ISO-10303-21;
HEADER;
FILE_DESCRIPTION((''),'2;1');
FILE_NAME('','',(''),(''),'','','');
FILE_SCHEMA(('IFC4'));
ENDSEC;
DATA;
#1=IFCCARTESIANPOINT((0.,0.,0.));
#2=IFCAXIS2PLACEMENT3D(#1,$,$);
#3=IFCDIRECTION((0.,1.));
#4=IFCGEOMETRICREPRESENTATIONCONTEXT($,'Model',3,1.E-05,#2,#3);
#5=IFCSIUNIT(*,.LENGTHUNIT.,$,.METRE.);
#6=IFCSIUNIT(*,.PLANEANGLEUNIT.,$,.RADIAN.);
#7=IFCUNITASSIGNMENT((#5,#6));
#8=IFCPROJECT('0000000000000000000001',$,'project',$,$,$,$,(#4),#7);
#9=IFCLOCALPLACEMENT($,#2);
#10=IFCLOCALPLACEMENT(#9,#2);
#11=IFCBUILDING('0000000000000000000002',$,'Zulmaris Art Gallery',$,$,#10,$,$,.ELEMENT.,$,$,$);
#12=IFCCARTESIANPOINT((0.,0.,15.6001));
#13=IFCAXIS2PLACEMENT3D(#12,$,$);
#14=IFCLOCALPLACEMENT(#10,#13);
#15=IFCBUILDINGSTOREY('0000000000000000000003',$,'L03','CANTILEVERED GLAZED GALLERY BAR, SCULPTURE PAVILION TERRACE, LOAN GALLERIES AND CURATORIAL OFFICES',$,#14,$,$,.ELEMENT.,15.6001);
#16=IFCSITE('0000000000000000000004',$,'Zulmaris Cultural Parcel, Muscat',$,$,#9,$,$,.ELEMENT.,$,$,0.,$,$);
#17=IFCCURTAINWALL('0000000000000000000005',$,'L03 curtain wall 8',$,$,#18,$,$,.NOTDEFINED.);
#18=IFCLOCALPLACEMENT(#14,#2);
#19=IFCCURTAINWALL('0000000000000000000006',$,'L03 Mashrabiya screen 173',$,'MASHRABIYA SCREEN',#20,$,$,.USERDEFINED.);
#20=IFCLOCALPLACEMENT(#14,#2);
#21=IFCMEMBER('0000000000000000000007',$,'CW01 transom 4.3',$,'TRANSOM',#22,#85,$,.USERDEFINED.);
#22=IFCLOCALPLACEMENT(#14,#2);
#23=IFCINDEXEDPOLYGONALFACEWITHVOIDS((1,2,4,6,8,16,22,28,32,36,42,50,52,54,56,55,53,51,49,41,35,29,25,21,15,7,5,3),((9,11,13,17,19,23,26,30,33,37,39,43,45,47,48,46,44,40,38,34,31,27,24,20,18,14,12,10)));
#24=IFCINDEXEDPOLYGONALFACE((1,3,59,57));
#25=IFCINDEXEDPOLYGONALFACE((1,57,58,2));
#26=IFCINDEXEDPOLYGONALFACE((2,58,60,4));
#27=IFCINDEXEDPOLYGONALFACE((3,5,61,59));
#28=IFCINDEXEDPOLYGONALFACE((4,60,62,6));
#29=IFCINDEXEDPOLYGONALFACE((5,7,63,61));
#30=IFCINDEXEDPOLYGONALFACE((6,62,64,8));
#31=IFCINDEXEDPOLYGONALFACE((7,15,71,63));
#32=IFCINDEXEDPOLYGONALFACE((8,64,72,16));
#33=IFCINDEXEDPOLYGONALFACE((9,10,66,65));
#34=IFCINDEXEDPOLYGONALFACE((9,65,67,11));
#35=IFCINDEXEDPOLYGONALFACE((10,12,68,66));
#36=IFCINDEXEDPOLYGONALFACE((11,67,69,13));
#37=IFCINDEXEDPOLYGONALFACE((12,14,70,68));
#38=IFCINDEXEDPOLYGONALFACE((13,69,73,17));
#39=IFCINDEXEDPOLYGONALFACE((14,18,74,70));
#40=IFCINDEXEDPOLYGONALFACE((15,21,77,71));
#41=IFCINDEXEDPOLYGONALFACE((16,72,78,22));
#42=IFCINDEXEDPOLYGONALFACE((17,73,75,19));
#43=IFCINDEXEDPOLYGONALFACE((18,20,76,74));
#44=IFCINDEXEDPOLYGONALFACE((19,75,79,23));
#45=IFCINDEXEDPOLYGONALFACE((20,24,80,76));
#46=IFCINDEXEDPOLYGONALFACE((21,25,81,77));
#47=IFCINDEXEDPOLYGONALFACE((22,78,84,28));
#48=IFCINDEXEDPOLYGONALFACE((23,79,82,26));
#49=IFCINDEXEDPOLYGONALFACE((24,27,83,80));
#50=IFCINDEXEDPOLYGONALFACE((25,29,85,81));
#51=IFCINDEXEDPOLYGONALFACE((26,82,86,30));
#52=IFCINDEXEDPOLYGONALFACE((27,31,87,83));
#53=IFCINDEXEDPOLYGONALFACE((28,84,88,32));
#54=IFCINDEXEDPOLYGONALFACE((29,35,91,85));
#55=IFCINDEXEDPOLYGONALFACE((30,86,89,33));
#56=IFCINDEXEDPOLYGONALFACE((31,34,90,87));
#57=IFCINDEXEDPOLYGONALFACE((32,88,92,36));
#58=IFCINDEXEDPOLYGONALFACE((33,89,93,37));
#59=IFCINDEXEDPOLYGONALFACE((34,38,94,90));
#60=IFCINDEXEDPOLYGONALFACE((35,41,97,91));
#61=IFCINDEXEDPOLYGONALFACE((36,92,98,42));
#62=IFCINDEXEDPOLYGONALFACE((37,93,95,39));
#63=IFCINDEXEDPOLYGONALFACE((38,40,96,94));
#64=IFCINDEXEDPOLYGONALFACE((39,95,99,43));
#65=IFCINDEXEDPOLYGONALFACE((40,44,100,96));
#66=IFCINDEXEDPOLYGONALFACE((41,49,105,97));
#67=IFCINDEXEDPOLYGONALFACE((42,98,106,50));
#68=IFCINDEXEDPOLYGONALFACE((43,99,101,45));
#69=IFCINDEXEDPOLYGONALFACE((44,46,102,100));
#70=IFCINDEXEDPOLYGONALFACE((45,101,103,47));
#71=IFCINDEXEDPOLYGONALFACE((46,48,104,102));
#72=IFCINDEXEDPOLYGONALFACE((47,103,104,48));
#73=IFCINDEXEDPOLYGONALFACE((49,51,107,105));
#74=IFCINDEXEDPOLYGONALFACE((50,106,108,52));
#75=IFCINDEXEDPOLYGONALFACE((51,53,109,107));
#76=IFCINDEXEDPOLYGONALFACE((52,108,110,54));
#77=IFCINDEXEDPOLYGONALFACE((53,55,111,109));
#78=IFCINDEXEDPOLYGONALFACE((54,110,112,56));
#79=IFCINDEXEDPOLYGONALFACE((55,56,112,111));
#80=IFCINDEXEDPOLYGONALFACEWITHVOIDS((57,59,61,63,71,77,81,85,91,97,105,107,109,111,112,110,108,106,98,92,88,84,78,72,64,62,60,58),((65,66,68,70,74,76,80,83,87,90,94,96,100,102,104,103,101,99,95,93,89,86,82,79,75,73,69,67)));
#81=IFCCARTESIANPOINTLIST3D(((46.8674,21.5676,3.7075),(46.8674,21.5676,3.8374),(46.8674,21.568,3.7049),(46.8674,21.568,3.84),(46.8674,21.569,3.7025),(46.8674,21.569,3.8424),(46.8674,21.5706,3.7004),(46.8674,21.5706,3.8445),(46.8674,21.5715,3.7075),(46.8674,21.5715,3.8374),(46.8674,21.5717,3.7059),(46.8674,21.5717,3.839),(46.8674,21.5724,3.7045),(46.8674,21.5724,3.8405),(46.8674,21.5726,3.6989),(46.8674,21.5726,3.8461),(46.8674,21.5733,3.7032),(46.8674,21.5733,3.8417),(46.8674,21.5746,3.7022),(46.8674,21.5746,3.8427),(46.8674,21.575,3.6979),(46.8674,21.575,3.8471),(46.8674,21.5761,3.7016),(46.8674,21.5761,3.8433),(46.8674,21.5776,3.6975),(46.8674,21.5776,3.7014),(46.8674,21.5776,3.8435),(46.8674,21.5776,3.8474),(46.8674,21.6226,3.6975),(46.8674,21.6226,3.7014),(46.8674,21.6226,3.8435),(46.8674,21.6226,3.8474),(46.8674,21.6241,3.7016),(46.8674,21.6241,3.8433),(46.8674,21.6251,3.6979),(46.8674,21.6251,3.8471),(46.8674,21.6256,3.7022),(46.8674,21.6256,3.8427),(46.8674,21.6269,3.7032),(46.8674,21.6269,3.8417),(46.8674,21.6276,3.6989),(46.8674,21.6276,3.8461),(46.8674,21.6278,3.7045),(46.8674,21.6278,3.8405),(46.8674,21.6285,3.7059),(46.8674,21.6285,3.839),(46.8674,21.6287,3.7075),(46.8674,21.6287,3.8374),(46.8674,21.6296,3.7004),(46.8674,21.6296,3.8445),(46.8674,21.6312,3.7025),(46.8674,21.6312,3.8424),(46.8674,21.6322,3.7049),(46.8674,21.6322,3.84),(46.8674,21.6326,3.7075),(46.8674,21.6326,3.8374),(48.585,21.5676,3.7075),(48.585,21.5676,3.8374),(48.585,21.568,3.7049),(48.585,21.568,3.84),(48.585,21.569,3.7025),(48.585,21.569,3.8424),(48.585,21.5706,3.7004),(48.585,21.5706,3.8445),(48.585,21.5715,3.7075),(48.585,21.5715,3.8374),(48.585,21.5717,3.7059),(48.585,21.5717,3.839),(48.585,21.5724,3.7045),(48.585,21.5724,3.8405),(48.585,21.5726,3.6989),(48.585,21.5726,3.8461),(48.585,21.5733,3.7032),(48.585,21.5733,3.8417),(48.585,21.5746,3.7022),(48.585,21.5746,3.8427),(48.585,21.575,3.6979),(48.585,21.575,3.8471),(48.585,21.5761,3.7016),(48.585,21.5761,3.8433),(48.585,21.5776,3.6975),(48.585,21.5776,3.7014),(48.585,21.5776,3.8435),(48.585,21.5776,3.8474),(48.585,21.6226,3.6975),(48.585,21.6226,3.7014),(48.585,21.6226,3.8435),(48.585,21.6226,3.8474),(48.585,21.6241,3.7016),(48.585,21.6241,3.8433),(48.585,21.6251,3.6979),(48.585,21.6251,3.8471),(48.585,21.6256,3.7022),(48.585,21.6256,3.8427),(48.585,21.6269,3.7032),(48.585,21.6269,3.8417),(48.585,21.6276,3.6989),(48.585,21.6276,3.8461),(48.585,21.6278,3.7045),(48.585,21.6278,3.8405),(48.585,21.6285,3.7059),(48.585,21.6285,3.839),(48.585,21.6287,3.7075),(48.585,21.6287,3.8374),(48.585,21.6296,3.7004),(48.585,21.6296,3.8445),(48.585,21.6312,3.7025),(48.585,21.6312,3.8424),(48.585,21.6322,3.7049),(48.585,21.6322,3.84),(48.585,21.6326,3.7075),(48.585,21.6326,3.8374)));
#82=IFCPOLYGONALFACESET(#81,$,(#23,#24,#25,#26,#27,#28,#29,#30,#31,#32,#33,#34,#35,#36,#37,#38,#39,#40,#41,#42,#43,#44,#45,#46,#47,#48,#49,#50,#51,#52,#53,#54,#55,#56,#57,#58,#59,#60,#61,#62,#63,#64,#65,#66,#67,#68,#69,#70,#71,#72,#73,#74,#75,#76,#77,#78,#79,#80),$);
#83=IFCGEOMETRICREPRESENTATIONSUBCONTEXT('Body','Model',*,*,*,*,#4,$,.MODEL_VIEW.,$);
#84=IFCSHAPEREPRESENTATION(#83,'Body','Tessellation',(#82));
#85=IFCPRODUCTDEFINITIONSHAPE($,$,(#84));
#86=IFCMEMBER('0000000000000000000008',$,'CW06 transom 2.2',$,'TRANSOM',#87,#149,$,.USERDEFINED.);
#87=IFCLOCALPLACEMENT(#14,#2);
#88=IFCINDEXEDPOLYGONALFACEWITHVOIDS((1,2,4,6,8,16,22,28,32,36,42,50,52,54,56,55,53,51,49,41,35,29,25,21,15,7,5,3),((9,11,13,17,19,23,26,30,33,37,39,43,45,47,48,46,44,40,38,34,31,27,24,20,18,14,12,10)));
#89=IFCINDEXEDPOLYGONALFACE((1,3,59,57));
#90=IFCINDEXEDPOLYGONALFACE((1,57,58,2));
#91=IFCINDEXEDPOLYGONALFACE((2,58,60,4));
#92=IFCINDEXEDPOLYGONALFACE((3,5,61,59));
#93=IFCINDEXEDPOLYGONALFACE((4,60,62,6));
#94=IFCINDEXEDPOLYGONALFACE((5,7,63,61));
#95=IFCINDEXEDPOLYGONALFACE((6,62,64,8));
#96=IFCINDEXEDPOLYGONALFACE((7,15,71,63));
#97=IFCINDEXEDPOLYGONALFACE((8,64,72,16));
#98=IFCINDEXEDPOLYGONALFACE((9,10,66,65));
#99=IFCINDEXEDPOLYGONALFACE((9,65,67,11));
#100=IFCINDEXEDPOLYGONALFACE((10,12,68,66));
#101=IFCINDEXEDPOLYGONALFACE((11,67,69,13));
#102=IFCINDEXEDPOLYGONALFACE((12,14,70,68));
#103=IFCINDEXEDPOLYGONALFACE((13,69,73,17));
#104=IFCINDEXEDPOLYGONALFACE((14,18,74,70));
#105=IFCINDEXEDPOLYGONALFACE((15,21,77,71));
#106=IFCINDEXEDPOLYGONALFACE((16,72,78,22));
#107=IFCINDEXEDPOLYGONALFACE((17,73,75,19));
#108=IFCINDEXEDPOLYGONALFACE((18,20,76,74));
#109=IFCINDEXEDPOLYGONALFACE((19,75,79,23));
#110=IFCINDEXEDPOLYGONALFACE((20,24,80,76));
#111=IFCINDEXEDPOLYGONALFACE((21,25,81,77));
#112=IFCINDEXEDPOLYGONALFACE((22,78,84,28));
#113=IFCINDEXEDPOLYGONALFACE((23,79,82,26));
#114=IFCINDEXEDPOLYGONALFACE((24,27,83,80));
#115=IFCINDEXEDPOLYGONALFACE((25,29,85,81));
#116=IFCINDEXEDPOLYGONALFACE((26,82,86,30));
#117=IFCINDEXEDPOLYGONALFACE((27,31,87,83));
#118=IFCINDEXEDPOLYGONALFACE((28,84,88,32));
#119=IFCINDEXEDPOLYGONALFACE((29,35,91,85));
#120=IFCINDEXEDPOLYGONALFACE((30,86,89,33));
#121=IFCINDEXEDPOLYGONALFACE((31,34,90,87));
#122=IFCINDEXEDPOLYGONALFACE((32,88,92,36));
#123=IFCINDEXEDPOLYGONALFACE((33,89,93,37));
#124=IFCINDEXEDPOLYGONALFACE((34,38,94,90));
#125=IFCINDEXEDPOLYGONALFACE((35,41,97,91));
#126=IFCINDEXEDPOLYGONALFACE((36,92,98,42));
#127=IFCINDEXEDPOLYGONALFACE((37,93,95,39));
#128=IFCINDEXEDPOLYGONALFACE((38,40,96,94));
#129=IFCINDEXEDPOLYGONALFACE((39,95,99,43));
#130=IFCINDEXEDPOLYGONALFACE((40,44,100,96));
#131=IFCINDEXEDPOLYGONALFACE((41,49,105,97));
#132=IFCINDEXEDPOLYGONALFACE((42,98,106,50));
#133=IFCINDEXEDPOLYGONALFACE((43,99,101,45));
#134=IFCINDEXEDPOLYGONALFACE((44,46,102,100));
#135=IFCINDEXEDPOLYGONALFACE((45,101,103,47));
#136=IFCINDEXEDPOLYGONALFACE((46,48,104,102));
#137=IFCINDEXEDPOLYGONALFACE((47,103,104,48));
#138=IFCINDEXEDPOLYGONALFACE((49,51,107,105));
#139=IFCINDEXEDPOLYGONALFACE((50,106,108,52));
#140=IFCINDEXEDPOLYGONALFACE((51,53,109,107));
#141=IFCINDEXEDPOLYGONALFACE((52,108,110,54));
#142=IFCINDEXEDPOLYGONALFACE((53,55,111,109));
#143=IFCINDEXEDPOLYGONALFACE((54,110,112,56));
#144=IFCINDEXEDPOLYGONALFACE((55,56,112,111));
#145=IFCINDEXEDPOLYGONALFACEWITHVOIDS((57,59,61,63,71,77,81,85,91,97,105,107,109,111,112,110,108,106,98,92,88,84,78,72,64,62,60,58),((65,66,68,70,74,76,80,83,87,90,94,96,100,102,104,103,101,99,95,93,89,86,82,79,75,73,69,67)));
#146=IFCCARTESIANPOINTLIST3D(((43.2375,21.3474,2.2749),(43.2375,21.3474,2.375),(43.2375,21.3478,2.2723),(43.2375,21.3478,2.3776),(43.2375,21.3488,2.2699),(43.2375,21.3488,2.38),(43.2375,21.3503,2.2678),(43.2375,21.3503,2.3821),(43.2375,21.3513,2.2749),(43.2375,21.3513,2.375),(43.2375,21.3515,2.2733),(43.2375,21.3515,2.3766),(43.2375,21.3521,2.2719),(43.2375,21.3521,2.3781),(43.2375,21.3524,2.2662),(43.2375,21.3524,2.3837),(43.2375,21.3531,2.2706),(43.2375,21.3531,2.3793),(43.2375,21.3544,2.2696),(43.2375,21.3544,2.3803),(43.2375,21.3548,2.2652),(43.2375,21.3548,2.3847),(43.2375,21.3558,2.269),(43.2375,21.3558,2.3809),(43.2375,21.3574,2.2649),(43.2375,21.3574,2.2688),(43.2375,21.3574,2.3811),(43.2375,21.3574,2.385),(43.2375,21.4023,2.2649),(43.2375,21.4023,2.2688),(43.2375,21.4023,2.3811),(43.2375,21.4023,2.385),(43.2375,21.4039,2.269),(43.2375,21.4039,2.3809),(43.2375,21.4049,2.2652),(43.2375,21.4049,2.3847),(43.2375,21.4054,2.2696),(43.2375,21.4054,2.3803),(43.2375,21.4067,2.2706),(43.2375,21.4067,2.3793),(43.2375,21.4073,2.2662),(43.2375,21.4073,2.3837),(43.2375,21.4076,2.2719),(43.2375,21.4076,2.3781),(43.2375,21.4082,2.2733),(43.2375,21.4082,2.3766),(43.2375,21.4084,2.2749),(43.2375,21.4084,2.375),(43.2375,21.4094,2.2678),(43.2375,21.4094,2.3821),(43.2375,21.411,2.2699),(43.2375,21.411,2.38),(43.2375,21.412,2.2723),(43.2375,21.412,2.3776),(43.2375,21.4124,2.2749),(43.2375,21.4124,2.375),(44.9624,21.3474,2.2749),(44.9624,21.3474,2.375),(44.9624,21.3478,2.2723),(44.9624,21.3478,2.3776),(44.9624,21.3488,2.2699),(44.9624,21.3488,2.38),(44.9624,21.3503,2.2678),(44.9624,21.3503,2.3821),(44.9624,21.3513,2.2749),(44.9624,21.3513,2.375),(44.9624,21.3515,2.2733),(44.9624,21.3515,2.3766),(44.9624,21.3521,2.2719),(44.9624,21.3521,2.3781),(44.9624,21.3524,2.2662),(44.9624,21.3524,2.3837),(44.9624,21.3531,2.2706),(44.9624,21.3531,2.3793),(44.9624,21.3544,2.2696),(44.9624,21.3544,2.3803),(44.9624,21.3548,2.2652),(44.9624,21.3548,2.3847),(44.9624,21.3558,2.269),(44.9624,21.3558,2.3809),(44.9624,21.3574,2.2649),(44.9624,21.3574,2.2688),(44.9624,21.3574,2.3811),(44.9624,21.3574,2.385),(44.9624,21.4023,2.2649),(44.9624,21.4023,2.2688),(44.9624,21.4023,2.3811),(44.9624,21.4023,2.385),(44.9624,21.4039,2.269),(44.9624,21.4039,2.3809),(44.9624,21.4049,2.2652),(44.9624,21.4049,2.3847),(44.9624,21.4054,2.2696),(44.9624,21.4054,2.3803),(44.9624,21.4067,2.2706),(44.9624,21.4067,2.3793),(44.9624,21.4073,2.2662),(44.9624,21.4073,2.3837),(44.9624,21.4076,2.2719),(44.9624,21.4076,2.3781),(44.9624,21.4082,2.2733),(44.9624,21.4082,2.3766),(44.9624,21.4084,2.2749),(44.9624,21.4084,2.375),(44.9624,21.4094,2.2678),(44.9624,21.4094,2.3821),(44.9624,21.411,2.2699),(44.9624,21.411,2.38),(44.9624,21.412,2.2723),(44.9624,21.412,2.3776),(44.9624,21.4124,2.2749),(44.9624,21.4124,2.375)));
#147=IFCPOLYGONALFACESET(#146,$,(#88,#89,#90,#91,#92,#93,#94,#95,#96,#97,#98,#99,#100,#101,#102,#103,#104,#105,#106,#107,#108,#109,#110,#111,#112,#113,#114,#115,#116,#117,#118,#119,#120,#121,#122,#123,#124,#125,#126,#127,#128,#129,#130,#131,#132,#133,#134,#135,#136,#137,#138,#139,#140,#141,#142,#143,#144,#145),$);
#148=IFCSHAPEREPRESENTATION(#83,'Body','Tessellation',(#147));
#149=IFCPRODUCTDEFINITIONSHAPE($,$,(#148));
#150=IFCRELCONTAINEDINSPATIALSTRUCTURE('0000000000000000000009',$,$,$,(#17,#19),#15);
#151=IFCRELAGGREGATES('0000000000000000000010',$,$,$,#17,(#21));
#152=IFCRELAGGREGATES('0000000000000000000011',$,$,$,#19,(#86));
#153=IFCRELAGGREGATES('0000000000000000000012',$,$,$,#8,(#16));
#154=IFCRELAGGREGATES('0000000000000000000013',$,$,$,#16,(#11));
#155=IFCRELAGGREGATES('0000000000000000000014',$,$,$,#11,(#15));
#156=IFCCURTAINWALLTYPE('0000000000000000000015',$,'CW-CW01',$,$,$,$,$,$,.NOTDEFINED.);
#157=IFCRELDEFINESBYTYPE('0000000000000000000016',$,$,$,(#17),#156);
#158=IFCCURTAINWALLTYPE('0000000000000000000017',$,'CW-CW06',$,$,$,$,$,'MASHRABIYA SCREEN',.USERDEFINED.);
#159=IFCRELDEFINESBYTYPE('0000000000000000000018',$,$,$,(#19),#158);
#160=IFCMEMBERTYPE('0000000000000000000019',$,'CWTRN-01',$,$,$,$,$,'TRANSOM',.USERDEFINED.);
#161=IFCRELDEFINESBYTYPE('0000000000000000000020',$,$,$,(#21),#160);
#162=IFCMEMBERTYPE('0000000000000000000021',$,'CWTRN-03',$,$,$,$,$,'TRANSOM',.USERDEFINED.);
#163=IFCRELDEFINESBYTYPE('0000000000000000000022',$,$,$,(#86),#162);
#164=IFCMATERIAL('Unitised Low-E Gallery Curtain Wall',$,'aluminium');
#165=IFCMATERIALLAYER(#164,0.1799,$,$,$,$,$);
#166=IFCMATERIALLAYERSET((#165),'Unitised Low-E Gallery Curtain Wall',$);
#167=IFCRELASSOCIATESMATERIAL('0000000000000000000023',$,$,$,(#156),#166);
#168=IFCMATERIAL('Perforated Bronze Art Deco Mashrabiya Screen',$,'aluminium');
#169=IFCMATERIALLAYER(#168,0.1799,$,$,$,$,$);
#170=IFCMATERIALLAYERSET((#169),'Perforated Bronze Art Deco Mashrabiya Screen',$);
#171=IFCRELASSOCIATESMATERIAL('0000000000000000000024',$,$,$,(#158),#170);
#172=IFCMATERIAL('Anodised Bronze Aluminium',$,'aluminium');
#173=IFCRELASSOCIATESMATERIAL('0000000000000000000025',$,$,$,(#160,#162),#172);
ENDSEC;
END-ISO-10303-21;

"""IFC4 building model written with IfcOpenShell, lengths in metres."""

from ifc_helpers import new_model, si_unit, direction, frame, origin, origin_2d, place, context, subcontext, project, spatial, hollow_rectangle, extrude, material, layer, layer_set, material_profile, profile_set, type_object, element, aggregate, save


model = new_model("IFC4")

# Units and contexts
model_context = context("Model", 3, precision=1e-05, world=origin(), true_north=direction((0.0, 1.0)))
body_context = subcontext(model_context, "Body", "Model", "MODEL_VIEW")
ifc_project = project(units=[si_unit("LENGTHUNIT", "METRE"), si_unit("PLANEANGLEUNIT", "RADIAN")], contexts=[model_context])

# Site, building, storey
site_placement = place(None, origin())
site = spatial("IfcSite", under=ifc_project, at=site_placement, Name="Zulmaris Cultural Parcel, Muscat", CompositionType="ELEMENT", RefElevation=0.0)
building_placement = place(site_placement, origin())
building = spatial("IfcBuilding", under=site, at=building_placement, Name="Zulmaris Art Gallery", CompositionType="ELEMENT")
storey_placement = place(building_placement, frame((0.0, 0.0, 15.6001)))
storey = spatial("IfcBuildingStorey", under=building, at=storey_placement, Name="L03", Description="CANTILEVERED GLAZED GALLERY BAR, SCULPTURE PAVILION TERRACE, LOAN GALLERIES AND CURATORIAL OFFICES", CompositionType="ELEMENT", Elevation=15.6001)

# Curtain walls
ifc_material_1 = material(Name="Unitised Low-E Gallery Curtain Wall", Category="aluminium")
ifc_layer_1 = layer(ifc_material_1, 0.1799)
ifc_layer_set_1 = layer_set([ifc_layer_1], Name="Unitised Low-E Gallery Curtain Wall")
curtain_wall_type_1 = type_object("IfcCurtainWallType", Name="CW-CW01", PredefinedType="NOTDEFINED", material=ifc_layer_set_1)
curtain_wall_1_placement = place(storey_placement, origin())
curtain_wall_1 = element("IfcCurtainWall", 1, at=curtain_wall_1_placement, inside=storey, type_object=curtain_wall_type_1, Name="L03 curtain wall 8", PredefinedType="NOTDEFINED")
ifc_material_2 = material(Name="Anodised Bronze Aluminium", Category="aluminium")
ifc_material_3 = material(Name="Perforated Bronze Art Deco Mashrabiya Screen", Category="aluminium")
ifc_layer_2 = layer(ifc_material_3, 0.1799)
ifc_layer_set_2 = layer_set([ifc_layer_2], Name="Perforated Bronze Art Deco Mashrabiya Screen")
curtain_wall_type_2 = type_object("IfcCurtainWallType", Name="CW-CW06", ElementType="MASHRABIYA SCREEN", PredefinedType="USERDEFINED", material=ifc_layer_set_2)
curtain_wall_2_placement = place(storey_placement, origin())
curtain_wall_2 = element("IfcCurtainWall", 2, at=curtain_wall_2_placement, inside=storey, type_object=curtain_wall_type_2, Name="L03 Mashrabiya screen 173", ObjectType="MASHRABIYA SCREEN", PredefinedType="USERDEFINED")

# Members
ifc_material_profile_1 = material_profile(ifc_material_2, hollow_rectangle(XDim=0.0649, YDim=0.1499, WallThickness=0.0039, InnerFilletRadius=0.0061, OuterFilletRadius=0.01, at=origin_2d()), Name="ALU 65x150x4")
ifc_profile_set_1 = profile_set([ifc_material_profile_1], Name="Anodised Bronze Aluminium")
member_type_1 = type_object("IfcMemberType", Name="CWTRN-01", ElementType="TRANSOM", PredefinedType="USERDEFINED", material=ifc_profile_set_1)
member_1_placement = place(storey_placement, frame((46.8674, 21.6001, 3.7725), z_axis=(1.0, 0.0, 0.0), x_axis=(0.0, 1.0, 0.0)))
member_1 = element("IfcMember", 3, at=member_1_placement, type_object=member_type_1, Name="CW01 transom 4.3", ObjectType="TRANSOM", PredefinedType="USERDEFINED", context=body_context, shape_type="SweptSolid", body=[
    extrude(hollow_rectangle(XDim=0.0649, YDim=0.1499, WallThickness=0.0039, InnerFilletRadius=0.0061, OuterFilletRadius=0.01, at=origin_2d()), origin(), (0.0, 0.0, 1.0), 1.7175),
])
ifc_material_profile_2 = material_profile(ifc_material_2, hollow_rectangle(XDim=0.0649, YDim=0.1201, WallThickness=0.0039, InnerFilletRadius=0.0061, OuterFilletRadius=0.01, at=origin_2d()), Name="ALU 65x120x4")
ifc_profile_set_2 = profile_set([ifc_material_profile_2], Name="Anodised Bronze Aluminium")
member_type_2 = type_object("IfcMemberType", Name="CWTRN-03", ElementType="TRANSOM", PredefinedType="USERDEFINED", material=ifc_profile_set_2)
member_2_placement = place(storey_placement, frame((43.2375, 21.3799, 2.325), z_axis=(1.0, 0.0, 0.0), x_axis=(0.0, 1.0, 0.0)))
member_2 = element("IfcMember", 4, at=member_2_placement, type_object=member_type_2, Name="CW06 transom 2.2", ObjectType="TRANSOM", PredefinedType="USERDEFINED", context=body_context, shape_type="SweptSolid", body=[
    extrude(hollow_rectangle(XDim=0.0649, YDim=0.1201, WallThickness=0.0039, InnerFilletRadius=0.0061, OuterFilletRadius=0.01, at=origin_2d()), origin(), (0.0, 0.0, 1.0), 1.7249),
])

aggregate(curtain_wall_1, [member_1])
aggregate(curtain_wall_2, [member_2])

save(model, "model.ifc")
